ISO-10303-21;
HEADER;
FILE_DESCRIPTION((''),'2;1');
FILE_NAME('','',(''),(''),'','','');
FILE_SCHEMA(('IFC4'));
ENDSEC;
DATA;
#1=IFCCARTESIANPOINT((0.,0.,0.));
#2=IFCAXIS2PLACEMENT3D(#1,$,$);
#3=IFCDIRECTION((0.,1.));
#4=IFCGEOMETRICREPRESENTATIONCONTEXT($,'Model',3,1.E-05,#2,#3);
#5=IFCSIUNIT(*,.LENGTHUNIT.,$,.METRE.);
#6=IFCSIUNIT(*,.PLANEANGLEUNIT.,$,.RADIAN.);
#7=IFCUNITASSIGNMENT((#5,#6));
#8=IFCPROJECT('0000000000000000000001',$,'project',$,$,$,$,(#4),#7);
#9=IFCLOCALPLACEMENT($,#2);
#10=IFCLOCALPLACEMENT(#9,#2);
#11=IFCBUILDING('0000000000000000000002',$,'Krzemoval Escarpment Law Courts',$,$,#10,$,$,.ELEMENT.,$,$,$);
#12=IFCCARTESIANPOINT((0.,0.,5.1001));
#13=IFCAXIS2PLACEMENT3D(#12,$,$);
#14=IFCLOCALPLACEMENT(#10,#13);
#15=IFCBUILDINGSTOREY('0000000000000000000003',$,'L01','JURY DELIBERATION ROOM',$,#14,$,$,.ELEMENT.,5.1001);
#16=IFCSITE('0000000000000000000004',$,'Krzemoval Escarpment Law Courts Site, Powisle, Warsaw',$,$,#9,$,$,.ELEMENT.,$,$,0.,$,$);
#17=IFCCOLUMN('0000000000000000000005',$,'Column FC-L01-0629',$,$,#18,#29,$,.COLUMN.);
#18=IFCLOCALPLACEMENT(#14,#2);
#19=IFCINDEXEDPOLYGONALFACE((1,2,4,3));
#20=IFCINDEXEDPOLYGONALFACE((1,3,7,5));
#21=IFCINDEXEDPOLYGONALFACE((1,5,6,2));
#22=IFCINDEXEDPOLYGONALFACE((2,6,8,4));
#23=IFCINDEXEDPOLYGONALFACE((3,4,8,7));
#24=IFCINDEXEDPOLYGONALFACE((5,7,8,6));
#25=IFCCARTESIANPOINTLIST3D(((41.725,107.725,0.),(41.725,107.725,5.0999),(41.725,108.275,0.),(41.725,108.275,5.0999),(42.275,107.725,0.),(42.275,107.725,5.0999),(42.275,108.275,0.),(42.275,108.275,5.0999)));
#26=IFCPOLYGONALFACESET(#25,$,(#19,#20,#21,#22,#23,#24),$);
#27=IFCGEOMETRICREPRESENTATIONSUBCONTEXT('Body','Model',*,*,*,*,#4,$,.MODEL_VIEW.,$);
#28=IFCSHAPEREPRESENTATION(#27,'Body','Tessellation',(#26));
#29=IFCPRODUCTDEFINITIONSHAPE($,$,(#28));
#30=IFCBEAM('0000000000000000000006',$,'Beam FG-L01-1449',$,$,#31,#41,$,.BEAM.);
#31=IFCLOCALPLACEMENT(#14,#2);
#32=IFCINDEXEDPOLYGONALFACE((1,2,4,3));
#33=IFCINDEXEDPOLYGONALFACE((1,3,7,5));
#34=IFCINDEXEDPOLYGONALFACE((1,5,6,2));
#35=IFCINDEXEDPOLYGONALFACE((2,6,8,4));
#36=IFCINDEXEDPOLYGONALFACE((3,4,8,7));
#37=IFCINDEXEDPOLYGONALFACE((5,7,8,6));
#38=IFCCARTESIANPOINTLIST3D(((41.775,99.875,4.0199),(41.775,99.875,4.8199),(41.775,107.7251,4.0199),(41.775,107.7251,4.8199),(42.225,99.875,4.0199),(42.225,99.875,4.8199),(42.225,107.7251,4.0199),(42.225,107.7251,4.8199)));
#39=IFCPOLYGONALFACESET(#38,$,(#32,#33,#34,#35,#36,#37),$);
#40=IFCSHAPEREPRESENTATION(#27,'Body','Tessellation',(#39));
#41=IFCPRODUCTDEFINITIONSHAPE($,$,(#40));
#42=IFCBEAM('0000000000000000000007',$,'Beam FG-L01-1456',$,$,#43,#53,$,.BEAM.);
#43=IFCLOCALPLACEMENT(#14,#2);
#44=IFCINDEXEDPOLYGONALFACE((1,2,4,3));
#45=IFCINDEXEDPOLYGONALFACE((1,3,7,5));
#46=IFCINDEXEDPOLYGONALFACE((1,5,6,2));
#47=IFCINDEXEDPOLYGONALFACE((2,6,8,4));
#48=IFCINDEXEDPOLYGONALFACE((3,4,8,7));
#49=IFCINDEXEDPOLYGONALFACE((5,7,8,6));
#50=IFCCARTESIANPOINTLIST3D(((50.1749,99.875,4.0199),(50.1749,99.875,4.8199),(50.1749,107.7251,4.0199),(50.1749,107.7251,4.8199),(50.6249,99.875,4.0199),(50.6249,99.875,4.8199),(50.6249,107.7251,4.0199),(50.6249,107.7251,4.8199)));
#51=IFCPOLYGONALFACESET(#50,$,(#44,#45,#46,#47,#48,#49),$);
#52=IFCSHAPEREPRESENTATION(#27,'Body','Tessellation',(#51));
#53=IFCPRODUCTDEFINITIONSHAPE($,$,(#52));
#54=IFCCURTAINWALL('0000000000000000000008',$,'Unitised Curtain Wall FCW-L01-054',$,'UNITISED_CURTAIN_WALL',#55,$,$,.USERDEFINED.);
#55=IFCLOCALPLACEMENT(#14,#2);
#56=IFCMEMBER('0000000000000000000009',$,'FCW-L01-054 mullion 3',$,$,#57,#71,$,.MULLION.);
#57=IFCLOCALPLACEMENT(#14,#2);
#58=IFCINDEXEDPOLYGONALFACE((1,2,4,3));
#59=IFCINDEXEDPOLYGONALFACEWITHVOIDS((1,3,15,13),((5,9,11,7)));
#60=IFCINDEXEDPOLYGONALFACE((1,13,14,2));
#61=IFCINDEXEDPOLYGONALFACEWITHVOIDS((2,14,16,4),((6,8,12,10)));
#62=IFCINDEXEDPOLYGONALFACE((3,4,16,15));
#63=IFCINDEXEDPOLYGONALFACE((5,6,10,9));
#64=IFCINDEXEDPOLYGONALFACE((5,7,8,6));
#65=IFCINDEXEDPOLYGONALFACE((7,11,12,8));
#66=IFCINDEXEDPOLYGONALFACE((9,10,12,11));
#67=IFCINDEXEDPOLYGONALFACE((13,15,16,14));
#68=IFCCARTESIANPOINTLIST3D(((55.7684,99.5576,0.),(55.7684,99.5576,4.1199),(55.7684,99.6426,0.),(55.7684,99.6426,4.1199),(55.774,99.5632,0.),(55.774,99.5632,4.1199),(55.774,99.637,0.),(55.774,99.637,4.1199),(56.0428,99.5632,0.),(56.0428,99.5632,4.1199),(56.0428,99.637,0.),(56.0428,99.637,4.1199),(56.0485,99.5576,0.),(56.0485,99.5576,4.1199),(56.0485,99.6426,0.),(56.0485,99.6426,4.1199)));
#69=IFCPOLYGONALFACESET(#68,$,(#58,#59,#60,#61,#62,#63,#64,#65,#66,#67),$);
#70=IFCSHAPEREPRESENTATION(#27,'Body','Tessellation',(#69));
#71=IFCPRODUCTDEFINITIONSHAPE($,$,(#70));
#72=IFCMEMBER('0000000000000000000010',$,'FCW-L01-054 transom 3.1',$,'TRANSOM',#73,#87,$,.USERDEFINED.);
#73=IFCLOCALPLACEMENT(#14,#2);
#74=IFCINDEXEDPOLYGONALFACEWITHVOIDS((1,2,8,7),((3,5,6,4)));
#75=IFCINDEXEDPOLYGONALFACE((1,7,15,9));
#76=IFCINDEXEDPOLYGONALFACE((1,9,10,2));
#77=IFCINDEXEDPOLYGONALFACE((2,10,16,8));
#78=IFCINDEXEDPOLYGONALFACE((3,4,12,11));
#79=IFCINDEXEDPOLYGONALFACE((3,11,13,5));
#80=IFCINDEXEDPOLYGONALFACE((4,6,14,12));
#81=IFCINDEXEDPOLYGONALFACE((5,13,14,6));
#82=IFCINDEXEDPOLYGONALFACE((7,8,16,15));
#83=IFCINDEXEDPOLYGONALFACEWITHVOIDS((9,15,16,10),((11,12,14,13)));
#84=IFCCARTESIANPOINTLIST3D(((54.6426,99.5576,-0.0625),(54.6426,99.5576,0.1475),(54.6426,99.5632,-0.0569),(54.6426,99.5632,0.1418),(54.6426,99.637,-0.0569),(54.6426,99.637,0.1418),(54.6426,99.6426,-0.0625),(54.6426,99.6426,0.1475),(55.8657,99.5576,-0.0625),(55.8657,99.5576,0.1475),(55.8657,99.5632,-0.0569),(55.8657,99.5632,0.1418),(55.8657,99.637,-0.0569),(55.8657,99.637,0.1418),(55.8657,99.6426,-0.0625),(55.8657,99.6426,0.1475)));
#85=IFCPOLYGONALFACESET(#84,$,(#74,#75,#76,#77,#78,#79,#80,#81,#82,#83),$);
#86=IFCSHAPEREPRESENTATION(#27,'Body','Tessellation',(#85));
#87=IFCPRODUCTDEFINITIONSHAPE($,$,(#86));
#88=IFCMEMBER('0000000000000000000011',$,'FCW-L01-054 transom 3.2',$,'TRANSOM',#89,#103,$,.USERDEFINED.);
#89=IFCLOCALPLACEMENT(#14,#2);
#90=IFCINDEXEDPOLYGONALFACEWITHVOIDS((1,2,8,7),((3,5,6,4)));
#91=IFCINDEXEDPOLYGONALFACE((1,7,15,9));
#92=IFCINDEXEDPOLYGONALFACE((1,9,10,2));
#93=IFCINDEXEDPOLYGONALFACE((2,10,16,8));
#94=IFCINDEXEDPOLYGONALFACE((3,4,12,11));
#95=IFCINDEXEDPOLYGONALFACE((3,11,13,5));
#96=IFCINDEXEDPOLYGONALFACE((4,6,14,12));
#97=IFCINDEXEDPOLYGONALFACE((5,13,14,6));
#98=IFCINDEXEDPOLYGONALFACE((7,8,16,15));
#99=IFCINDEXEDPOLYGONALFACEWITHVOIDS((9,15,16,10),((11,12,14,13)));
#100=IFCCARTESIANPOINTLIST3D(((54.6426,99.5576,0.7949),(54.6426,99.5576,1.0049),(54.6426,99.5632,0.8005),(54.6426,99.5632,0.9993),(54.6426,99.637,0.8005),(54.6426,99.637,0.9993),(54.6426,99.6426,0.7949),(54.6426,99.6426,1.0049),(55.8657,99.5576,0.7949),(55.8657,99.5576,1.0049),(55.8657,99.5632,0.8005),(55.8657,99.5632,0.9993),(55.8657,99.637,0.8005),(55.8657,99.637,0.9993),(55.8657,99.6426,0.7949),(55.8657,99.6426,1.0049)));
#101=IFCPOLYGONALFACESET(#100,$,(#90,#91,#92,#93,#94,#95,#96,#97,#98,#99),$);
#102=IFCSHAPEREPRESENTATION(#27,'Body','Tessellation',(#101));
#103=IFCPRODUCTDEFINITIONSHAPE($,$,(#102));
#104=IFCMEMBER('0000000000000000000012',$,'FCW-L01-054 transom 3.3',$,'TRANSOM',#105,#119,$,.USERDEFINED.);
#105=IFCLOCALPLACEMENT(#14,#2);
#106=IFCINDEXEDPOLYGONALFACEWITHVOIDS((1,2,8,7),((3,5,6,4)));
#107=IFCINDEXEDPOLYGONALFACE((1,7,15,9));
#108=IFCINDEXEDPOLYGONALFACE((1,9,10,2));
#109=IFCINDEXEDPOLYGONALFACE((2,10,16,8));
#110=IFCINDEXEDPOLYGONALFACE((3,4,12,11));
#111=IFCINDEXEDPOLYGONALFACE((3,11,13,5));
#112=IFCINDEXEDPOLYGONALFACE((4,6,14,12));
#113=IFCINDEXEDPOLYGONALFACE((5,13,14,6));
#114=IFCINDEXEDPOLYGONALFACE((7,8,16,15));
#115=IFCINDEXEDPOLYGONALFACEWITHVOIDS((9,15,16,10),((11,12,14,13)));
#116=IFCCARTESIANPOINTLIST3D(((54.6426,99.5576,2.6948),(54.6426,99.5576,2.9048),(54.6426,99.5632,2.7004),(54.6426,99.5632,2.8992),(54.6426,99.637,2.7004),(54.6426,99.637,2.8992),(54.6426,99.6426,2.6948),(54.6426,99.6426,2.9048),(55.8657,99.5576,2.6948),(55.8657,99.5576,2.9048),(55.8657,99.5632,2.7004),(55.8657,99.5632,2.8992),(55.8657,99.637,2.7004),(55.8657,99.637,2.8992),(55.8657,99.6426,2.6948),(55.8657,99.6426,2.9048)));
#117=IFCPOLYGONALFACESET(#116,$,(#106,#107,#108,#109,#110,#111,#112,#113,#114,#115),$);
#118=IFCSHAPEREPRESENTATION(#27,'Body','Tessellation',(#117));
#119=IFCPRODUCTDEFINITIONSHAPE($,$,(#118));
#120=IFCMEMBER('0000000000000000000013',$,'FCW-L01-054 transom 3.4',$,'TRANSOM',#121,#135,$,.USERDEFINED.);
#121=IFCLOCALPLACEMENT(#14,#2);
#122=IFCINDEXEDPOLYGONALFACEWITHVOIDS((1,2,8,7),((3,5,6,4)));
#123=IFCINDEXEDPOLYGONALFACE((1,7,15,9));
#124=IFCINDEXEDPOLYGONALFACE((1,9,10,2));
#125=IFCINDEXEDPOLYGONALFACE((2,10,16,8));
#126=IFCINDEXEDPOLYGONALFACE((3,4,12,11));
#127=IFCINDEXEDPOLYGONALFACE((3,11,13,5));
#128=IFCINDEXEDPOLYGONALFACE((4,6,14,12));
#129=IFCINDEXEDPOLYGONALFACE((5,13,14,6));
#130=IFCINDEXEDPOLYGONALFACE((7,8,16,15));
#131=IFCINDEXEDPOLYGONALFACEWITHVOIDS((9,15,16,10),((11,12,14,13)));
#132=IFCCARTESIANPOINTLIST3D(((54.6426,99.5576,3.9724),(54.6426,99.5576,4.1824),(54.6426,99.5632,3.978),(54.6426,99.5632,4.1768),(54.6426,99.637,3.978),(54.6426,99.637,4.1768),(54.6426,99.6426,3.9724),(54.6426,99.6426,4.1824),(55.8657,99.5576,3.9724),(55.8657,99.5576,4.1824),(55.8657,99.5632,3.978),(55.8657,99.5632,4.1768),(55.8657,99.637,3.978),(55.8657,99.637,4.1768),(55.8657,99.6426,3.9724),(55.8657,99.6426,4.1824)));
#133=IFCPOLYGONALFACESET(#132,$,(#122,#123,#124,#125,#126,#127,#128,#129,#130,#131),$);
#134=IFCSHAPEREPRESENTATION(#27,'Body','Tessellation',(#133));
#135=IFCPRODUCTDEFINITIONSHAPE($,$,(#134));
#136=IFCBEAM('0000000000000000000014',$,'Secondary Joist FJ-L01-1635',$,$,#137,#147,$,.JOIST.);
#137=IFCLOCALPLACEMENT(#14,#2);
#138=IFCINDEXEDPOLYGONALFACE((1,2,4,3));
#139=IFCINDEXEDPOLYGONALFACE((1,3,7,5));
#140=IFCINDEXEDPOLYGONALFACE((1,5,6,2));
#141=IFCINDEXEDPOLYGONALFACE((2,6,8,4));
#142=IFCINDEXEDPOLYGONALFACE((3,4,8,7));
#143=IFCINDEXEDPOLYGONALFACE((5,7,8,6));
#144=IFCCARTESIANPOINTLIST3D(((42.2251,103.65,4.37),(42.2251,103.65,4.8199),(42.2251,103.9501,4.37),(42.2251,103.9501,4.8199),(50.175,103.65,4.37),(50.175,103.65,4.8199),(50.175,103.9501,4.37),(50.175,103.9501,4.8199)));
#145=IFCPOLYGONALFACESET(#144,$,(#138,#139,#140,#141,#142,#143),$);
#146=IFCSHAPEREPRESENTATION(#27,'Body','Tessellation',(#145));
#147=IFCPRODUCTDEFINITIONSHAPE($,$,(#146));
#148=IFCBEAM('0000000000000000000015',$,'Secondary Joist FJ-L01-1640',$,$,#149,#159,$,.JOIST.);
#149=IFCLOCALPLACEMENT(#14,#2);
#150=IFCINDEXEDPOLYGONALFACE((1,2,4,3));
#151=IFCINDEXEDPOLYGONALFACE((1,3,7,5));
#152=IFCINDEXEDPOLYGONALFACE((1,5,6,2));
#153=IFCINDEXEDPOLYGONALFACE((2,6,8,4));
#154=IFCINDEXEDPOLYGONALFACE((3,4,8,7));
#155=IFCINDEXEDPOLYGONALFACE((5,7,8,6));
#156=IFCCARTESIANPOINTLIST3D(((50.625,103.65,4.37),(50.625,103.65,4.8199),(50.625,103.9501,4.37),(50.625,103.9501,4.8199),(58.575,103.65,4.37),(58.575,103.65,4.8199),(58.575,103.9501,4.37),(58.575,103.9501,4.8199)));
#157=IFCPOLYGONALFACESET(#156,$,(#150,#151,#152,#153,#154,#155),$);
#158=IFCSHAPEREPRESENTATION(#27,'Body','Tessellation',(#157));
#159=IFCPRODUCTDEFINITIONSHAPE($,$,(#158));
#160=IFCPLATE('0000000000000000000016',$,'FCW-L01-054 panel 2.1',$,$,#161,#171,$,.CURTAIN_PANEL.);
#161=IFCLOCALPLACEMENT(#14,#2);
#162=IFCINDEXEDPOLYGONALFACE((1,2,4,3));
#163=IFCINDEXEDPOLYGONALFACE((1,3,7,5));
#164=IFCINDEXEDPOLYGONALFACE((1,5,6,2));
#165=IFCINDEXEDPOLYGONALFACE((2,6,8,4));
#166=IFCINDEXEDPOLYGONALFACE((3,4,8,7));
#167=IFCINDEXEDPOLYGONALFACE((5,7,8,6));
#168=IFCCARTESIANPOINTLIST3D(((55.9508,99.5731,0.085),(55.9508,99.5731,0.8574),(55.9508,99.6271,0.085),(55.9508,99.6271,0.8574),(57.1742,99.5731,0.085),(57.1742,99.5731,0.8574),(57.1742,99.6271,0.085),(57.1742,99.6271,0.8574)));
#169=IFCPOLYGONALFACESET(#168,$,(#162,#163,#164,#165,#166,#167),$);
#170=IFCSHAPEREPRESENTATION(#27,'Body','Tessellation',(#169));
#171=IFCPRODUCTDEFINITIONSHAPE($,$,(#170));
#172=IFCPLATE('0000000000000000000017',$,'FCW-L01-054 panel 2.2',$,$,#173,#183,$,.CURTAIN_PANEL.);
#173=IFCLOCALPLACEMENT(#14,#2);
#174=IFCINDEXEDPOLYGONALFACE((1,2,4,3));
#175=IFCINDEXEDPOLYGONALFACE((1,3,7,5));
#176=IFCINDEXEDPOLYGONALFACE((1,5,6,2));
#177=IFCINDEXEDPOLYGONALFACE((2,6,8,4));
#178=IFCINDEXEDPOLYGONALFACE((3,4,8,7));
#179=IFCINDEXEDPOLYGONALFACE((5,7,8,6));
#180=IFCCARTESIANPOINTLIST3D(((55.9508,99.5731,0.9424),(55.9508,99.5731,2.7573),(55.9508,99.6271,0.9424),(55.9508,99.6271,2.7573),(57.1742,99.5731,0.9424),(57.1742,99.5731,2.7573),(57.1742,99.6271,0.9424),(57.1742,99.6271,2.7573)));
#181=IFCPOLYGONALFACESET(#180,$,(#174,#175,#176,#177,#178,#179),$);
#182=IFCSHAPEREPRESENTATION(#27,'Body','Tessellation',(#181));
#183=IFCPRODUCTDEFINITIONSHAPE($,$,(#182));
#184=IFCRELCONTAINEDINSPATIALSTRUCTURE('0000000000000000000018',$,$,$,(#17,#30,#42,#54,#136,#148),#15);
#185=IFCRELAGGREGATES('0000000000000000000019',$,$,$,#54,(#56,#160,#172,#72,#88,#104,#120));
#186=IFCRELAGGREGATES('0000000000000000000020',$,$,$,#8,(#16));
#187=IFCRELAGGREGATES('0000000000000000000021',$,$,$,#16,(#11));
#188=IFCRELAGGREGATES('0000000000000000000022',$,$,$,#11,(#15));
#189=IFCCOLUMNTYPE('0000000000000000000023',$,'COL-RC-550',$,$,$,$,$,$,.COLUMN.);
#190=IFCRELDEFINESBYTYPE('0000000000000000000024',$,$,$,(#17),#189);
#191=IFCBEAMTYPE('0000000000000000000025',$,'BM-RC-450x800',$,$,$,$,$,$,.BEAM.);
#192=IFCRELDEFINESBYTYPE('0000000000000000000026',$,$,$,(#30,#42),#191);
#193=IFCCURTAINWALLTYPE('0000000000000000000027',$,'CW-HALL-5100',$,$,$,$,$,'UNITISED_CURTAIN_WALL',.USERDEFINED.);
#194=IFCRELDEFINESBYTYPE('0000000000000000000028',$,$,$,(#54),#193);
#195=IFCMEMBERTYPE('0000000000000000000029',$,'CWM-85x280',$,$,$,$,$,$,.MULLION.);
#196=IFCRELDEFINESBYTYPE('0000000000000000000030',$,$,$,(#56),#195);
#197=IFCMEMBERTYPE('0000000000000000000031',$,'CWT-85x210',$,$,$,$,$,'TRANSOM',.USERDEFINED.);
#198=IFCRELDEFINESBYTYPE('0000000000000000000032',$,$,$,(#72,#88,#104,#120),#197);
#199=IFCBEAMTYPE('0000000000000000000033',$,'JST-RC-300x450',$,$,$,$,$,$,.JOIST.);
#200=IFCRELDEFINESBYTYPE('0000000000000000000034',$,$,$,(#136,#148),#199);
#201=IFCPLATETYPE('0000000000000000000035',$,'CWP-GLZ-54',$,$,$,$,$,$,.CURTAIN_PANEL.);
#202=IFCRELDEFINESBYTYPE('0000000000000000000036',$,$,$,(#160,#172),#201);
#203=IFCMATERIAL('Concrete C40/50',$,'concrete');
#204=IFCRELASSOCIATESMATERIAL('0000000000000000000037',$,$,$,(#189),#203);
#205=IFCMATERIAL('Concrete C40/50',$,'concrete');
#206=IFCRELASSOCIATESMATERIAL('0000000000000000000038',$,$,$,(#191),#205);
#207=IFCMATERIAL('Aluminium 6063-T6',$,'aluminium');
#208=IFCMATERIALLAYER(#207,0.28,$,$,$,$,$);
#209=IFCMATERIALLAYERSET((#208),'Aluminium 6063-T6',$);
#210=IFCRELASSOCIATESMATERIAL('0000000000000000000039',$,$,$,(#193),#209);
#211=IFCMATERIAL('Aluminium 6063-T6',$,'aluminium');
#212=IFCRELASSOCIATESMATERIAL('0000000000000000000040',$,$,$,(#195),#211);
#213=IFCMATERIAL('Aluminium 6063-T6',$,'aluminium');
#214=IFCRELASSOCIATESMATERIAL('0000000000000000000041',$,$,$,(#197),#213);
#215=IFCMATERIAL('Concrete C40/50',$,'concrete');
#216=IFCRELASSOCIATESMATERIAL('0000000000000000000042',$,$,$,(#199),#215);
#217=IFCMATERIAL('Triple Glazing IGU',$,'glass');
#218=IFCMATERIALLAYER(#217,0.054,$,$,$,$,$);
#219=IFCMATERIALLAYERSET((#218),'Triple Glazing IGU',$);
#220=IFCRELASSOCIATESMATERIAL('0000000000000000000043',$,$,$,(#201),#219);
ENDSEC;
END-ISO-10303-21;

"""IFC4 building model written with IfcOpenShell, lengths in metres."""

from ifc_helpers import new_model, si_unit, direction, frame, origin, origin_2d, place, context, subcontext, project, spatial, rectangle, hollow_rectangle, extrude, material, layer, layer_set, material_profile, profile_set, type_object, element, aggregate, save


model = new_model("IFC4")

# Units and contexts
model_context = context("Model", 3, precision=1e-05, world=origin(), true_north=direction((0.0, 1.0)))
body_context = subcontext(model_context, "Body", "Model", "MODEL_VIEW")
ifc_project = project(units=[si_unit("LENGTHUNIT", "METRE"), si_unit("PLANEANGLEUNIT", "RADIAN")], contexts=[model_context])

# Site, building, storey
site_placement = place(None, origin())
site = spatial("IfcSite", under=ifc_project, at=site_placement, Name="Krzemoval Escarpment Law Courts Site, Powisle, Warsaw", CompositionType="ELEMENT", RefElevation=0.0)
building_placement = place(site_placement, origin())
building = spatial("IfcBuilding", under=site, at=building_placement, Name="Krzemoval Escarpment Law Courts", CompositionType="ELEMENT")
storey_placement = place(building_placement, frame((0.0, 0.0, 5.1001)))
storey = spatial("IfcBuildingStorey", under=building, at=storey_placement, Name="L01", Description="JURY DELIBERATION ROOM", CompositionType="ELEMENT", Elevation=5.1001)

# Column
ifc_material_1 = material(Name="Concrete C40/50", Category="concrete")
ifc_material_profile_1 = material_profile(ifc_material_1, rectangle(XDim=0.55, YDim=0.55, at=origin_2d()), Name="RC 550x550")
ifc_profile_set_1 = profile_set([ifc_material_profile_1], Name="Concrete C40/50")
column_type = type_object("IfcColumnType", Name="COL-RC-550", PredefinedType="COLUMN", material=ifc_profile_set_1)
column_placement = place(storey_placement, frame((42.0, 108.0, 0.0), z_axis=(0.0, 0.0, 1.0), x_axis=(1.0, 0.0, 0.0)))
element("IfcColumn", 1, at=column_placement, inside=storey, type_object=column_type, Name="Column FC-L01-0629", PredefinedType="COLUMN", context=body_context, shape_type="SweptSolid", body=[
    extrude(rectangle(XDim=0.55, YDim=0.55, at=origin_2d()), origin(), (0.0, 0.0, 1.0), 5.0999),
])

# Beams
ifc_material_2 = material(Name="Concrete C40/50", Category="concrete")
ifc_material_profile_2 = material_profile(ifc_material_2, rectangle(XDim=0.45, YDim=0.8, at=origin_2d()), Name="RCB 450x800")
ifc_profile_set_2 = profile_set([ifc_material_profile_2], Name="Concrete C40/50")
beam_type_1 = type_object("IfcBeamType", Name="BM-RC-450x800", PredefinedType="BEAM", material=ifc_profile_set_2)
for number, where, z_axis, x_axis, name in (
    (2, (42.0, 99.875, 4.4199), (0.0, 1.0, 0.0), (-1.0, 0.0, 0.0), "Beam FG-L01-1449"),
    (3, (50.3999, 99.875, 4.4199), (0.0, 1.0, 0.0), (-1.0, 0.0, 0.0), "Beam FG-L01-1456"),
):
    element("IfcBeam", number, at=place(storey_placement, frame(where, z_axis=z_axis, x_axis=x_axis)), inside=storey, type_object=beam_type_1, Name=name, PredefinedType="BEAM", context=body_context, shape_type="SweptSolid", body=[
        extrude(rectangle(XDim=0.45, YDim=0.8, at=origin_2d()), origin(), (0.0, 0.0, 1.0), 7.8501),
    ])

# Curtain wall, members
ifc_material_3 = material(Name="Aluminium 6063-T6", Category="aluminium")
ifc_layer_1 = layer(ifc_material_3, 0.28)
ifc_layer_set_1 = layer_set([ifc_layer_1], Name="Aluminium 6063-T6")
curtain_wall_type = type_object("IfcCurtainWallType", Name="CW-HALL-5100", ElementType="UNITISED_CURTAIN_WALL", PredefinedType="USERDEFINED", material=ifc_layer_set_1)
curtain_wall_placement = place(storey_placement, origin())
curtain_wall = element("IfcCurtainWall", 4, at=curtain_wall_placement, inside=storey, type_object=curtain_wall_type, Name="Unitised Curtain Wall FCW-L01-054", ObjectType="UNITISED_CURTAIN_WALL", PredefinedType="USERDEFINED")
ifc_material_4 = material(Name="Aluminium 6063-T6", Category="aluminium")
ifc_material_profile_3 = material_profile(ifc_material_4, hollow_rectangle(XDim=0.085, YDim=0.28, WallThickness=0.0056, at=origin_2d()), Name="ALU M85x280")
ifc_profile_set_3 = profile_set([ifc_material_profile_3], Name="Aluminium 6063-T6")
member_type_1 = type_object("IfcMemberType", Name="CWM-85x280", PredefinedType="MULLION", material=ifc_profile_set_3)
member_1_placement = place(storey_placement, frame((55.9084, 99.6001, 0.0), z_axis=(0.0, 0.0, 1.0), x_axis=(0.0, -1.0, 0.0)))
member_1 = element("IfcMember", 5, at=member_1_placement, type_object=member_type_1, Name="FCW-L01-054 mullion 3", PredefinedType="MULLION", context=body_context, shape_type="SweptSolid", body=[
    extrude(hollow_rectangle(XDim=0.085, YDim=0.28, WallThickness=0.0056, at=origin_2d()), origin(), (0.0, 0.0, 1.0), 4.1199),
])
ifc_material_5 = material(Name="Aluminium 6063-T6", Category="aluminium")
ifc_material_profile_4 = material_profile(ifc_material_5, hollow_rectangle(XDim=0.085, YDim=0.21, WallThickness=0.0056, at=origin_2d()), Name="ALU T85x210")
ifc_profile_set_4 = profile_set([ifc_material_profile_4], Name="Aluminium 6063-T6")
member_type_2 = type_object("IfcMemberType", Name="CWT-85x210", ElementType="TRANSOM", PredefinedType="USERDEFINED", material=ifc_profile_set_4)
member_2_placement = place(storey_placement, frame((55.8657, 99.6001, 0.0425), z_axis=(-1.0, 0.0, 0.0), x_axis=(0.0, -1.0, 0.0)))
member_2 = element("IfcMember", 6, at=member_2_placement, type_object=member_type_2, Name="FCW-L01-054 transom 3.1", ObjectType="TRANSOM", PredefinedType="USERDEFINED", context=body_context, shape_type="SweptSolid", body=[
    extrude(hollow_rectangle(XDim=0.085, YDim=0.21, WallThickness=0.0056, at=origin_2d()), origin(), (0.0, 0.0, 1.0), 1.2231),
])
member_3_placement = place(storey_placement, frame((55.8657, 99.6001, 0.8999), z_axis=(-1.0, 0.0, 0.0), x_axis=(0.0, -1.0, 0.0)))
member_3 = element("IfcMember", 7, at=member_3_placement, type_object=member_type_2, Name="FCW-L01-054 transom 3.2", ObjectType="TRANSOM", PredefinedType="USERDEFINED", context=body_context, shape_type="SweptSolid", body=[
    extrude(hollow_rectangle(XDim=0.085, YDim=0.21, WallThickness=0.0056, at=origin_2d()), origin(), (0.0, 0.0, 1.0), 1.2231),
])
member_4_placement = place(storey_placement, frame((55.8657, 99.6001, 2.7998), z_axis=(-1.0, 0.0, 0.0), x_axis=(0.0, -1.0, 0.0)))
member_4 = element("IfcMember", 8, at=member_4_placement, type_object=member_type_2, Name="FCW-L01-054 transom 3.3", ObjectType="TRANSOM", PredefinedType="USERDEFINED", context=body_context, shape_type="SweptSolid", body=[
    extrude(hollow_rectangle(XDim=0.085, YDim=0.21, WallThickness=0.0056, at=origin_2d()), origin(), (0.0, 0.0, 1.0), 1.2231),
])
member_5_placement = place(storey_placement, frame((55.8657, 99.6001, 4.0774), z_axis=(-1.0, 0.0, 0.0), x_axis=(0.0, -1.0, 0.0)))
member_5 = element("IfcMember", 9, at=member_5_placement, type_object=member_type_2, Name="FCW-L01-054 transom 3.4", ObjectType="TRANSOM", PredefinedType="USERDEFINED", context=body_context, shape_type="SweptSolid", body=[
    extrude(hollow_rectangle(XDim=0.085, YDim=0.21, WallThickness=0.0056, at=origin_2d()), origin(), (0.0, 0.0, 1.0), 1.2231),
])

# Beams
ifc_material_6 = material(Name="Concrete C40/50", Category="concrete")
ifc_material_profile_5 = material_profile(ifc_material_6, rectangle(XDim=0.3, YDim=0.45, at=origin_2d()), Name="RCB 300x450")
ifc_profile_set_5 = profile_set([ifc_material_profile_5], Name="Concrete C40/50")
beam_type_2 = type_object("IfcBeamType", Name="JST-RC-300x450", PredefinedType="JOIST", material=ifc_profile_set_5)
for number, where, z_axis, x_axis, name in (
    (10, (42.2251, 103.8, 4.595), (1.0, 0.0, 0.0), (0.0, 1.0, 0.0), "Secondary Joist FJ-L01-1635"),
    (11, (50.625, 103.8, 4.595), (1.0, 0.0, 0.0), (0.0, 1.0, 0.0), "Secondary Joist FJ-L01-1640"),
):
    element("IfcBeam", number, at=place(storey_placement, frame(where, z_axis=z_axis, x_axis=x_axis)), inside=storey, type_object=beam_type_2, Name=name, PredefinedType="JOIST", context=body_context, shape_type="SweptSolid", body=[
        extrude(rectangle(XDim=0.3, YDim=0.45, at=origin_2d()), origin(), (0.0, 0.0, 1.0), 7.95),
    ])

# Plates
ifc_material_7 = material(Name="Triple Glazing IGU", Category="glass")
ifc_layer_2 = layer(ifc_material_7, 0.054)
ifc_layer_set_2 = layer_set([ifc_layer_2], Name="Triple Glazing IGU")
plate_type = type_object("IfcPlateType", Name="CWP-GLZ-54", PredefinedType="CURTAIN_PANEL", material=ifc_layer_set_2)
plate_1_placement = place(storey_placement, frame((56.5625, 99.6001, 0.085), z_axis=(0.0, 0.0, 1.0), x_axis=(-1.0, 0.0, 0.0)))
plate_1 = element("IfcPlate", 12, at=plate_1_placement, type_object=plate_type, Name="FCW-L01-054 panel 2.1", PredefinedType="CURTAIN_PANEL", context=body_context, shape_type="SweptSolid", body=[
    extrude(rectangle(XDim=1.2234, YDim=0.054, at=origin_2d()), origin(), (0.0, 0.0, 1.0), 0.7725),
])
plate_2_placement = place(storey_placement, frame((56.5625, 99.6001, 0.9424), z_axis=(0.0, 0.0, 1.0), x_axis=(-1.0, 0.0, 0.0)))
plate_2 = element("IfcPlate", 13, at=plate_2_placement, type_object=plate_type, Name="FCW-L01-054 panel 2.2", PredefinedType="CURTAIN_PANEL", context=body_context, shape_type="SweptSolid", body=[
    extrude(rectangle(XDim=1.2234, YDim=0.054, at=origin_2d()), origin(), (0.0, 0.0, 1.0), 1.8149),
])
aggregate(curtain_wall, [member_1, plate_1, plate_2, member_2, member_3, member_4, member_5])

save(model, "model.ifc")
